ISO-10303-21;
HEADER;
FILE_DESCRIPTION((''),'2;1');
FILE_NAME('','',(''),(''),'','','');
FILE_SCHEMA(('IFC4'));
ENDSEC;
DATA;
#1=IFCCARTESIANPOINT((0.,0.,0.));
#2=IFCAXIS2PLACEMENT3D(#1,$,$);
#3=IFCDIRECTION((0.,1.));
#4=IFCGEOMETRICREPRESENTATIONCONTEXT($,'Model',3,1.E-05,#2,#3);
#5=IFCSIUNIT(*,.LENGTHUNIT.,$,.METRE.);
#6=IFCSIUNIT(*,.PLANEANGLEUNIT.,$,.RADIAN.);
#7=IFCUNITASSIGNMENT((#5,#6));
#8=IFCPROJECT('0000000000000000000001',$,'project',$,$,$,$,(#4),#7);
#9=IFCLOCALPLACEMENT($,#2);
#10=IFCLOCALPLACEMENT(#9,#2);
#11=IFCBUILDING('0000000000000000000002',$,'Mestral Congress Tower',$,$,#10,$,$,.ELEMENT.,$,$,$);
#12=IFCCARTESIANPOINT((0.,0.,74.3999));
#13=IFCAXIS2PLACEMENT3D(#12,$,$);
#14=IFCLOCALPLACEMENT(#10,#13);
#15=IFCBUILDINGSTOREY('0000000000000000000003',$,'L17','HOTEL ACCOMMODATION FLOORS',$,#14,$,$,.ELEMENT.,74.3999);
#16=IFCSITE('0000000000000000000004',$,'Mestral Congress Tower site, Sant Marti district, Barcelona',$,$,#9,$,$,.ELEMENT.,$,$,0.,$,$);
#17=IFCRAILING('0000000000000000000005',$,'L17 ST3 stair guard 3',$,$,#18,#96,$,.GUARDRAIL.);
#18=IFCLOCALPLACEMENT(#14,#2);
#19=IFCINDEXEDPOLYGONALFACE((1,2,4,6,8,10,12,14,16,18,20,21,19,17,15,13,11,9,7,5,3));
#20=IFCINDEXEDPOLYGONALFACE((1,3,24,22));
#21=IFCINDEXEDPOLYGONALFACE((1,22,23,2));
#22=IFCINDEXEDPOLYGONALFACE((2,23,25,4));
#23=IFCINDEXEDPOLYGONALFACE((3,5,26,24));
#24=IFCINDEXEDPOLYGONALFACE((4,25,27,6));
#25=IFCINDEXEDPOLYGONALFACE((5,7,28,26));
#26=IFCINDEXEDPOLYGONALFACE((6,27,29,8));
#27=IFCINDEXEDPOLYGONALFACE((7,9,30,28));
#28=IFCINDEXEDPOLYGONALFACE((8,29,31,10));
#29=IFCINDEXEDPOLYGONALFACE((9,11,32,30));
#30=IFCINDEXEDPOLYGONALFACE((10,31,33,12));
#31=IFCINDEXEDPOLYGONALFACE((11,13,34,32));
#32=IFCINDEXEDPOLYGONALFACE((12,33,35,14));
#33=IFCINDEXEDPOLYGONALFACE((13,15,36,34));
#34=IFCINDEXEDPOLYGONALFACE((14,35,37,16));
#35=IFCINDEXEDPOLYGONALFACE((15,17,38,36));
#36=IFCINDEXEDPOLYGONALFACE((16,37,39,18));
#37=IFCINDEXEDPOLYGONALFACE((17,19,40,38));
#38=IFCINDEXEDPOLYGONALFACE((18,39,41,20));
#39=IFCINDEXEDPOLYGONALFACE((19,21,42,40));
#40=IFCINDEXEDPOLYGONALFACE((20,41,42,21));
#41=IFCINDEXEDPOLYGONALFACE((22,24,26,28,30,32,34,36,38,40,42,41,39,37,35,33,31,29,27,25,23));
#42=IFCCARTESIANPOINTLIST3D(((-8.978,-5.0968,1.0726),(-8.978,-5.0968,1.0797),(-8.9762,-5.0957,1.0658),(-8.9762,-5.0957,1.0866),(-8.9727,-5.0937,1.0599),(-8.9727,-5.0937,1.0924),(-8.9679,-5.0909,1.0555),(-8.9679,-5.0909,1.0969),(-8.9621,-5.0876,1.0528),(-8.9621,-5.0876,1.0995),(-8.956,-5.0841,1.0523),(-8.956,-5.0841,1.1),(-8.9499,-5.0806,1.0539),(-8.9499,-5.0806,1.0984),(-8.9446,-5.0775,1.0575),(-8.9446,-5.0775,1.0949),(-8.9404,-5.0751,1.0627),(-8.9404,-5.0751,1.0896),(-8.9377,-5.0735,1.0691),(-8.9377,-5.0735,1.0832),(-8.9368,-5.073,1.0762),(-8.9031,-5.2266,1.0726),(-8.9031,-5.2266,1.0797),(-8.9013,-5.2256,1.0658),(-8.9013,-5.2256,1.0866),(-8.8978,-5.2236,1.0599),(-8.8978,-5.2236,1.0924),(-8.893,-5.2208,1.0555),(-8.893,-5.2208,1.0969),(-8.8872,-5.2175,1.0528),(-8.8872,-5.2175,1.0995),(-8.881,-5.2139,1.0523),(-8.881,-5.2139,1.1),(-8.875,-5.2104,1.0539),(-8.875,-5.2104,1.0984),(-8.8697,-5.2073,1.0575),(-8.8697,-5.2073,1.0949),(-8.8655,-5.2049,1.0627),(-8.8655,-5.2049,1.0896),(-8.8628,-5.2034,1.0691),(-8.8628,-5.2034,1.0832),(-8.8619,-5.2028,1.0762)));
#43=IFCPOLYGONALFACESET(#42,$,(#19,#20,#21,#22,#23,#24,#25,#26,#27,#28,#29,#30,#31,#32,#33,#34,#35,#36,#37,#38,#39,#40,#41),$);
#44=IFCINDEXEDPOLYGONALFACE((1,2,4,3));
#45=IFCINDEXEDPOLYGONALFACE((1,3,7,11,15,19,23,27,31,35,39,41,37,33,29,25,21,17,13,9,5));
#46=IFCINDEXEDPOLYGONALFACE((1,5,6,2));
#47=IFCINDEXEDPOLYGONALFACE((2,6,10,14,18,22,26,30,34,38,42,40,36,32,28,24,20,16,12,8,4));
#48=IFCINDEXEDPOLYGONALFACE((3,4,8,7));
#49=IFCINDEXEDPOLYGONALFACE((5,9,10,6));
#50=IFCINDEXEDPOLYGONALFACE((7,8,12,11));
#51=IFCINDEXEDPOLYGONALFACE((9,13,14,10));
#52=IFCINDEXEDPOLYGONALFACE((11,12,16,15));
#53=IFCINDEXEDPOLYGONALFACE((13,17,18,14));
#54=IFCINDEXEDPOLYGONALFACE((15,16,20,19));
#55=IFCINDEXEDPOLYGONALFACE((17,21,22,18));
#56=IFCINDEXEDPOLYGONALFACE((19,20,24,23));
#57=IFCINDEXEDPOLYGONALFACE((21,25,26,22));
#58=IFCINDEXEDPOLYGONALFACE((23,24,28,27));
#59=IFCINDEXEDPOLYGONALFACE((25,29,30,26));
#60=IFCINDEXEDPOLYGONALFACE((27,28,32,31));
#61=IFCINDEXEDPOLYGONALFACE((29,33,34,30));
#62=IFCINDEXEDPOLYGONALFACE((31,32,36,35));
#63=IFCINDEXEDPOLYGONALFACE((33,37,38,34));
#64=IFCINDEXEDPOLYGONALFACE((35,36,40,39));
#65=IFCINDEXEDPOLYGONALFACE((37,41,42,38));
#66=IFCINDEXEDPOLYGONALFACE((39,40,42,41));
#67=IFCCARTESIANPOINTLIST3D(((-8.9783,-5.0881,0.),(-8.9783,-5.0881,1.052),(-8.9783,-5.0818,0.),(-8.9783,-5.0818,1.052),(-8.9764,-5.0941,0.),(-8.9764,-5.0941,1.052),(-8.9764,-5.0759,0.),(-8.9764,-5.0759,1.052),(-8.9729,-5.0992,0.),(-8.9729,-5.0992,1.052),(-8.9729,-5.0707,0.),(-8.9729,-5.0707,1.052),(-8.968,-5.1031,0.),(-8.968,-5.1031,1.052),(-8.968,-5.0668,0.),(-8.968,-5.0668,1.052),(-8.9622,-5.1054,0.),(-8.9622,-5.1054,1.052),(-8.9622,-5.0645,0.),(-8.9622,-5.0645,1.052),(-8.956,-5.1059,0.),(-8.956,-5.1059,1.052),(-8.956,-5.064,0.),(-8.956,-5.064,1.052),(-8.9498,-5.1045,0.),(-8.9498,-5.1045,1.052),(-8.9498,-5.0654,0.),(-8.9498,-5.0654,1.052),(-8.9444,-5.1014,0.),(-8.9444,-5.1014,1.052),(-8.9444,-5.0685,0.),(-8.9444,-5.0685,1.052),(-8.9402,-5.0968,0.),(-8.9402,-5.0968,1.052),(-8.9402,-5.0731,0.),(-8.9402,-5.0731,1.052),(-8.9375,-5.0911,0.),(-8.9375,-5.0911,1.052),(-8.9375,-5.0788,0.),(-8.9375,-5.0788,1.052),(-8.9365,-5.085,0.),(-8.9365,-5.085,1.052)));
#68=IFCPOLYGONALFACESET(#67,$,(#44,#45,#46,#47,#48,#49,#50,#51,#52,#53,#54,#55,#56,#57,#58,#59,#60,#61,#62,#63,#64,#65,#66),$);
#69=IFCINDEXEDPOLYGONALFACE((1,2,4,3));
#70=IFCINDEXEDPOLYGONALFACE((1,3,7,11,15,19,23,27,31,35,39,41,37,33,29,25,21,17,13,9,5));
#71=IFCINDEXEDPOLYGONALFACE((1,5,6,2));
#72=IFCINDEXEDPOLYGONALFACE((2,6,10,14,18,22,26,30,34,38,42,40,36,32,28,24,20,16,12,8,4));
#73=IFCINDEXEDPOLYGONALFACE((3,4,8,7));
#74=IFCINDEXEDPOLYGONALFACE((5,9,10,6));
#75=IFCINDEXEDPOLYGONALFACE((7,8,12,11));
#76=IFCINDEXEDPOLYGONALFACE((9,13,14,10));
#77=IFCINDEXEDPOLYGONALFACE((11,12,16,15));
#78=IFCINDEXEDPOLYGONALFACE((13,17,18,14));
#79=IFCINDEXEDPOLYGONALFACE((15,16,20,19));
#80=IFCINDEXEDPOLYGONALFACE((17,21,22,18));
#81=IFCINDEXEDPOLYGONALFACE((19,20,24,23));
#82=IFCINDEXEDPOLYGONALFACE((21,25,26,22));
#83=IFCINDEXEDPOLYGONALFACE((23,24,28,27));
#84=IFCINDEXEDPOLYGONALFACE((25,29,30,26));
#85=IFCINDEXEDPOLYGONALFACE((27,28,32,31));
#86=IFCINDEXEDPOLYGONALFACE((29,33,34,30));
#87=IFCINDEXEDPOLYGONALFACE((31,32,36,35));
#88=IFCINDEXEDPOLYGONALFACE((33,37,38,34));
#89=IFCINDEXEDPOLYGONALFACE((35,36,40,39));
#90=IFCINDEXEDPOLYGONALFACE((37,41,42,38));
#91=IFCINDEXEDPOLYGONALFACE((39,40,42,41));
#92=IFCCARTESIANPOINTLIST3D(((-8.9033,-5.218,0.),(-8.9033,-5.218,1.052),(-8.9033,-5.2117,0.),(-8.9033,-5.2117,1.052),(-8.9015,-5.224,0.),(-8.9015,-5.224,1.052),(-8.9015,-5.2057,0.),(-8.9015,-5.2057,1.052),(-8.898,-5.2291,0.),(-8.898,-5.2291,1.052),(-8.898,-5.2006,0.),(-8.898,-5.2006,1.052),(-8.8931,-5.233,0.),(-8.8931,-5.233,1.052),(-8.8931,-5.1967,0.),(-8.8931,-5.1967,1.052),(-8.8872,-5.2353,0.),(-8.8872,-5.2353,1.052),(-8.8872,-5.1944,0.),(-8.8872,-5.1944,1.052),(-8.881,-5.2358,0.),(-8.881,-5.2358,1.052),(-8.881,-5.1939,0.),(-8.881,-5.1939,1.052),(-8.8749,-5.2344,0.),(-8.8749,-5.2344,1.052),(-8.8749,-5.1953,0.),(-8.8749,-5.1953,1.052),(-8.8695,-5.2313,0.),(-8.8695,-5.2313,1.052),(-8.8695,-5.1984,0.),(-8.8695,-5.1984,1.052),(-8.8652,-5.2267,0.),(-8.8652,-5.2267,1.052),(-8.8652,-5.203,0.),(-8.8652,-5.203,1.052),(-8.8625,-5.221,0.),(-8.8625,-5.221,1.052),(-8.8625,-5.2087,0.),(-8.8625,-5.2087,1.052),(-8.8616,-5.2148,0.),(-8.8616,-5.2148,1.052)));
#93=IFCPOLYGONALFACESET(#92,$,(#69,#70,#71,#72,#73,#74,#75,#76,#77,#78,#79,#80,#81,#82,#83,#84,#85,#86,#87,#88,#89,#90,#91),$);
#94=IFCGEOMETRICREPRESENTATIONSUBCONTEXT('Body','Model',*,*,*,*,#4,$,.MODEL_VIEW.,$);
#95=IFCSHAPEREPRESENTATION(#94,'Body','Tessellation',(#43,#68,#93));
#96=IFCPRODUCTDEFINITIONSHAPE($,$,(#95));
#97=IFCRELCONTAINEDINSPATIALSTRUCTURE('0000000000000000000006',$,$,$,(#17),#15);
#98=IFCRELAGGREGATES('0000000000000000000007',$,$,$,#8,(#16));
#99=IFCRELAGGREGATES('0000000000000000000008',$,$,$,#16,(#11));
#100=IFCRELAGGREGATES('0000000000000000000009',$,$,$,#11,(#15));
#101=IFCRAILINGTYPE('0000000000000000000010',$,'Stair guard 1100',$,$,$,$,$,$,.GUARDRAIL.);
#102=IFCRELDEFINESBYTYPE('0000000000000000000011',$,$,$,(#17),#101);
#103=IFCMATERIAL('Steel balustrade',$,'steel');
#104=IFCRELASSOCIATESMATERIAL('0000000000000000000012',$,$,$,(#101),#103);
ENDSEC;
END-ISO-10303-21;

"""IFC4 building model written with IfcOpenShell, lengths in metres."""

from ifc_helpers import new_model, si_unit, direction, frame, origin, origin_2d, place, context, subcontext, project, spatial, circle, extrude, material, type_object, element, save


model = new_model("IFC4")

# Units and contexts
model_context = context("Model", 3, precision=1e-05, world=origin(), true_north=direction((0.0, 1.0)))
body_context = subcontext(model_context, "Body", "Model", "MODEL_VIEW")
ifc_project = project(units=[si_unit("LENGTHUNIT", "METRE"), si_unit("PLANEANGLEUNIT", "RADIAN")], contexts=[model_context])

# Site, building, storey
site_placement = place(None, origin())
site = spatial("IfcSite", under=ifc_project, at=site_placement, Name="Mestral Congress Tower site, Sant Marti district, Barcelona", CompositionType="ELEMENT", RefElevation=0.0)
building_placement = place(site_placement, origin())
building = spatial("IfcBuilding", under=site, at=building_placement, Name="Mestral Congress Tower", CompositionType="ELEMENT")
storey_placement = place(building_placement, frame((0.0, 0.0, 74.3999)))
storey = spatial("IfcBuildingStorey", under=building, at=storey_placement, Name="L17", Description="HOTEL ACCOMMODATION FLOORS", CompositionType="ELEMENT", Elevation=74.3999)

# Railing
ifc_material_1 = material(Name="Steel balustrade", Category="steel")
railing_type_1 = type_object("IfcRailingType", Name="Stair guard 1100", PredefinedType="GUARDRAIL", material=ifc_material_1)
railing_1_placement = place(storey_placement, frame((-8.9575, -5.085, 0.0)))
element("IfcRailing", 1, at=railing_1_placement, inside=storey, type_object=railing_type_1, Name="L17 ST3 stair guard 3", PredefinedType="GUARDRAIL", context=body_context, shape_type="SweptSolid", body=[
    extrude(circle(Radius=0.0239, at=origin_2d()), frame((0.0, 0.0, 1.0762), z_axis=(0.499816, -0.866131, 0.0), x_axis=(0.866131, 0.499816, 0.0)), (0.0, 0.0, 1.0), 0.1499),
    extrude(circle(Radius=0.021, at=origin_2d()), origin(), (0.0, 0.0, 1.0), 1.052),
    extrude(circle(Radius=0.021, at=origin_2d()), frame((0.075, -0.1299, 0.0)), (0.0, 0.0, 1.0), 1.052),
])

save(model, "model.ifc")
